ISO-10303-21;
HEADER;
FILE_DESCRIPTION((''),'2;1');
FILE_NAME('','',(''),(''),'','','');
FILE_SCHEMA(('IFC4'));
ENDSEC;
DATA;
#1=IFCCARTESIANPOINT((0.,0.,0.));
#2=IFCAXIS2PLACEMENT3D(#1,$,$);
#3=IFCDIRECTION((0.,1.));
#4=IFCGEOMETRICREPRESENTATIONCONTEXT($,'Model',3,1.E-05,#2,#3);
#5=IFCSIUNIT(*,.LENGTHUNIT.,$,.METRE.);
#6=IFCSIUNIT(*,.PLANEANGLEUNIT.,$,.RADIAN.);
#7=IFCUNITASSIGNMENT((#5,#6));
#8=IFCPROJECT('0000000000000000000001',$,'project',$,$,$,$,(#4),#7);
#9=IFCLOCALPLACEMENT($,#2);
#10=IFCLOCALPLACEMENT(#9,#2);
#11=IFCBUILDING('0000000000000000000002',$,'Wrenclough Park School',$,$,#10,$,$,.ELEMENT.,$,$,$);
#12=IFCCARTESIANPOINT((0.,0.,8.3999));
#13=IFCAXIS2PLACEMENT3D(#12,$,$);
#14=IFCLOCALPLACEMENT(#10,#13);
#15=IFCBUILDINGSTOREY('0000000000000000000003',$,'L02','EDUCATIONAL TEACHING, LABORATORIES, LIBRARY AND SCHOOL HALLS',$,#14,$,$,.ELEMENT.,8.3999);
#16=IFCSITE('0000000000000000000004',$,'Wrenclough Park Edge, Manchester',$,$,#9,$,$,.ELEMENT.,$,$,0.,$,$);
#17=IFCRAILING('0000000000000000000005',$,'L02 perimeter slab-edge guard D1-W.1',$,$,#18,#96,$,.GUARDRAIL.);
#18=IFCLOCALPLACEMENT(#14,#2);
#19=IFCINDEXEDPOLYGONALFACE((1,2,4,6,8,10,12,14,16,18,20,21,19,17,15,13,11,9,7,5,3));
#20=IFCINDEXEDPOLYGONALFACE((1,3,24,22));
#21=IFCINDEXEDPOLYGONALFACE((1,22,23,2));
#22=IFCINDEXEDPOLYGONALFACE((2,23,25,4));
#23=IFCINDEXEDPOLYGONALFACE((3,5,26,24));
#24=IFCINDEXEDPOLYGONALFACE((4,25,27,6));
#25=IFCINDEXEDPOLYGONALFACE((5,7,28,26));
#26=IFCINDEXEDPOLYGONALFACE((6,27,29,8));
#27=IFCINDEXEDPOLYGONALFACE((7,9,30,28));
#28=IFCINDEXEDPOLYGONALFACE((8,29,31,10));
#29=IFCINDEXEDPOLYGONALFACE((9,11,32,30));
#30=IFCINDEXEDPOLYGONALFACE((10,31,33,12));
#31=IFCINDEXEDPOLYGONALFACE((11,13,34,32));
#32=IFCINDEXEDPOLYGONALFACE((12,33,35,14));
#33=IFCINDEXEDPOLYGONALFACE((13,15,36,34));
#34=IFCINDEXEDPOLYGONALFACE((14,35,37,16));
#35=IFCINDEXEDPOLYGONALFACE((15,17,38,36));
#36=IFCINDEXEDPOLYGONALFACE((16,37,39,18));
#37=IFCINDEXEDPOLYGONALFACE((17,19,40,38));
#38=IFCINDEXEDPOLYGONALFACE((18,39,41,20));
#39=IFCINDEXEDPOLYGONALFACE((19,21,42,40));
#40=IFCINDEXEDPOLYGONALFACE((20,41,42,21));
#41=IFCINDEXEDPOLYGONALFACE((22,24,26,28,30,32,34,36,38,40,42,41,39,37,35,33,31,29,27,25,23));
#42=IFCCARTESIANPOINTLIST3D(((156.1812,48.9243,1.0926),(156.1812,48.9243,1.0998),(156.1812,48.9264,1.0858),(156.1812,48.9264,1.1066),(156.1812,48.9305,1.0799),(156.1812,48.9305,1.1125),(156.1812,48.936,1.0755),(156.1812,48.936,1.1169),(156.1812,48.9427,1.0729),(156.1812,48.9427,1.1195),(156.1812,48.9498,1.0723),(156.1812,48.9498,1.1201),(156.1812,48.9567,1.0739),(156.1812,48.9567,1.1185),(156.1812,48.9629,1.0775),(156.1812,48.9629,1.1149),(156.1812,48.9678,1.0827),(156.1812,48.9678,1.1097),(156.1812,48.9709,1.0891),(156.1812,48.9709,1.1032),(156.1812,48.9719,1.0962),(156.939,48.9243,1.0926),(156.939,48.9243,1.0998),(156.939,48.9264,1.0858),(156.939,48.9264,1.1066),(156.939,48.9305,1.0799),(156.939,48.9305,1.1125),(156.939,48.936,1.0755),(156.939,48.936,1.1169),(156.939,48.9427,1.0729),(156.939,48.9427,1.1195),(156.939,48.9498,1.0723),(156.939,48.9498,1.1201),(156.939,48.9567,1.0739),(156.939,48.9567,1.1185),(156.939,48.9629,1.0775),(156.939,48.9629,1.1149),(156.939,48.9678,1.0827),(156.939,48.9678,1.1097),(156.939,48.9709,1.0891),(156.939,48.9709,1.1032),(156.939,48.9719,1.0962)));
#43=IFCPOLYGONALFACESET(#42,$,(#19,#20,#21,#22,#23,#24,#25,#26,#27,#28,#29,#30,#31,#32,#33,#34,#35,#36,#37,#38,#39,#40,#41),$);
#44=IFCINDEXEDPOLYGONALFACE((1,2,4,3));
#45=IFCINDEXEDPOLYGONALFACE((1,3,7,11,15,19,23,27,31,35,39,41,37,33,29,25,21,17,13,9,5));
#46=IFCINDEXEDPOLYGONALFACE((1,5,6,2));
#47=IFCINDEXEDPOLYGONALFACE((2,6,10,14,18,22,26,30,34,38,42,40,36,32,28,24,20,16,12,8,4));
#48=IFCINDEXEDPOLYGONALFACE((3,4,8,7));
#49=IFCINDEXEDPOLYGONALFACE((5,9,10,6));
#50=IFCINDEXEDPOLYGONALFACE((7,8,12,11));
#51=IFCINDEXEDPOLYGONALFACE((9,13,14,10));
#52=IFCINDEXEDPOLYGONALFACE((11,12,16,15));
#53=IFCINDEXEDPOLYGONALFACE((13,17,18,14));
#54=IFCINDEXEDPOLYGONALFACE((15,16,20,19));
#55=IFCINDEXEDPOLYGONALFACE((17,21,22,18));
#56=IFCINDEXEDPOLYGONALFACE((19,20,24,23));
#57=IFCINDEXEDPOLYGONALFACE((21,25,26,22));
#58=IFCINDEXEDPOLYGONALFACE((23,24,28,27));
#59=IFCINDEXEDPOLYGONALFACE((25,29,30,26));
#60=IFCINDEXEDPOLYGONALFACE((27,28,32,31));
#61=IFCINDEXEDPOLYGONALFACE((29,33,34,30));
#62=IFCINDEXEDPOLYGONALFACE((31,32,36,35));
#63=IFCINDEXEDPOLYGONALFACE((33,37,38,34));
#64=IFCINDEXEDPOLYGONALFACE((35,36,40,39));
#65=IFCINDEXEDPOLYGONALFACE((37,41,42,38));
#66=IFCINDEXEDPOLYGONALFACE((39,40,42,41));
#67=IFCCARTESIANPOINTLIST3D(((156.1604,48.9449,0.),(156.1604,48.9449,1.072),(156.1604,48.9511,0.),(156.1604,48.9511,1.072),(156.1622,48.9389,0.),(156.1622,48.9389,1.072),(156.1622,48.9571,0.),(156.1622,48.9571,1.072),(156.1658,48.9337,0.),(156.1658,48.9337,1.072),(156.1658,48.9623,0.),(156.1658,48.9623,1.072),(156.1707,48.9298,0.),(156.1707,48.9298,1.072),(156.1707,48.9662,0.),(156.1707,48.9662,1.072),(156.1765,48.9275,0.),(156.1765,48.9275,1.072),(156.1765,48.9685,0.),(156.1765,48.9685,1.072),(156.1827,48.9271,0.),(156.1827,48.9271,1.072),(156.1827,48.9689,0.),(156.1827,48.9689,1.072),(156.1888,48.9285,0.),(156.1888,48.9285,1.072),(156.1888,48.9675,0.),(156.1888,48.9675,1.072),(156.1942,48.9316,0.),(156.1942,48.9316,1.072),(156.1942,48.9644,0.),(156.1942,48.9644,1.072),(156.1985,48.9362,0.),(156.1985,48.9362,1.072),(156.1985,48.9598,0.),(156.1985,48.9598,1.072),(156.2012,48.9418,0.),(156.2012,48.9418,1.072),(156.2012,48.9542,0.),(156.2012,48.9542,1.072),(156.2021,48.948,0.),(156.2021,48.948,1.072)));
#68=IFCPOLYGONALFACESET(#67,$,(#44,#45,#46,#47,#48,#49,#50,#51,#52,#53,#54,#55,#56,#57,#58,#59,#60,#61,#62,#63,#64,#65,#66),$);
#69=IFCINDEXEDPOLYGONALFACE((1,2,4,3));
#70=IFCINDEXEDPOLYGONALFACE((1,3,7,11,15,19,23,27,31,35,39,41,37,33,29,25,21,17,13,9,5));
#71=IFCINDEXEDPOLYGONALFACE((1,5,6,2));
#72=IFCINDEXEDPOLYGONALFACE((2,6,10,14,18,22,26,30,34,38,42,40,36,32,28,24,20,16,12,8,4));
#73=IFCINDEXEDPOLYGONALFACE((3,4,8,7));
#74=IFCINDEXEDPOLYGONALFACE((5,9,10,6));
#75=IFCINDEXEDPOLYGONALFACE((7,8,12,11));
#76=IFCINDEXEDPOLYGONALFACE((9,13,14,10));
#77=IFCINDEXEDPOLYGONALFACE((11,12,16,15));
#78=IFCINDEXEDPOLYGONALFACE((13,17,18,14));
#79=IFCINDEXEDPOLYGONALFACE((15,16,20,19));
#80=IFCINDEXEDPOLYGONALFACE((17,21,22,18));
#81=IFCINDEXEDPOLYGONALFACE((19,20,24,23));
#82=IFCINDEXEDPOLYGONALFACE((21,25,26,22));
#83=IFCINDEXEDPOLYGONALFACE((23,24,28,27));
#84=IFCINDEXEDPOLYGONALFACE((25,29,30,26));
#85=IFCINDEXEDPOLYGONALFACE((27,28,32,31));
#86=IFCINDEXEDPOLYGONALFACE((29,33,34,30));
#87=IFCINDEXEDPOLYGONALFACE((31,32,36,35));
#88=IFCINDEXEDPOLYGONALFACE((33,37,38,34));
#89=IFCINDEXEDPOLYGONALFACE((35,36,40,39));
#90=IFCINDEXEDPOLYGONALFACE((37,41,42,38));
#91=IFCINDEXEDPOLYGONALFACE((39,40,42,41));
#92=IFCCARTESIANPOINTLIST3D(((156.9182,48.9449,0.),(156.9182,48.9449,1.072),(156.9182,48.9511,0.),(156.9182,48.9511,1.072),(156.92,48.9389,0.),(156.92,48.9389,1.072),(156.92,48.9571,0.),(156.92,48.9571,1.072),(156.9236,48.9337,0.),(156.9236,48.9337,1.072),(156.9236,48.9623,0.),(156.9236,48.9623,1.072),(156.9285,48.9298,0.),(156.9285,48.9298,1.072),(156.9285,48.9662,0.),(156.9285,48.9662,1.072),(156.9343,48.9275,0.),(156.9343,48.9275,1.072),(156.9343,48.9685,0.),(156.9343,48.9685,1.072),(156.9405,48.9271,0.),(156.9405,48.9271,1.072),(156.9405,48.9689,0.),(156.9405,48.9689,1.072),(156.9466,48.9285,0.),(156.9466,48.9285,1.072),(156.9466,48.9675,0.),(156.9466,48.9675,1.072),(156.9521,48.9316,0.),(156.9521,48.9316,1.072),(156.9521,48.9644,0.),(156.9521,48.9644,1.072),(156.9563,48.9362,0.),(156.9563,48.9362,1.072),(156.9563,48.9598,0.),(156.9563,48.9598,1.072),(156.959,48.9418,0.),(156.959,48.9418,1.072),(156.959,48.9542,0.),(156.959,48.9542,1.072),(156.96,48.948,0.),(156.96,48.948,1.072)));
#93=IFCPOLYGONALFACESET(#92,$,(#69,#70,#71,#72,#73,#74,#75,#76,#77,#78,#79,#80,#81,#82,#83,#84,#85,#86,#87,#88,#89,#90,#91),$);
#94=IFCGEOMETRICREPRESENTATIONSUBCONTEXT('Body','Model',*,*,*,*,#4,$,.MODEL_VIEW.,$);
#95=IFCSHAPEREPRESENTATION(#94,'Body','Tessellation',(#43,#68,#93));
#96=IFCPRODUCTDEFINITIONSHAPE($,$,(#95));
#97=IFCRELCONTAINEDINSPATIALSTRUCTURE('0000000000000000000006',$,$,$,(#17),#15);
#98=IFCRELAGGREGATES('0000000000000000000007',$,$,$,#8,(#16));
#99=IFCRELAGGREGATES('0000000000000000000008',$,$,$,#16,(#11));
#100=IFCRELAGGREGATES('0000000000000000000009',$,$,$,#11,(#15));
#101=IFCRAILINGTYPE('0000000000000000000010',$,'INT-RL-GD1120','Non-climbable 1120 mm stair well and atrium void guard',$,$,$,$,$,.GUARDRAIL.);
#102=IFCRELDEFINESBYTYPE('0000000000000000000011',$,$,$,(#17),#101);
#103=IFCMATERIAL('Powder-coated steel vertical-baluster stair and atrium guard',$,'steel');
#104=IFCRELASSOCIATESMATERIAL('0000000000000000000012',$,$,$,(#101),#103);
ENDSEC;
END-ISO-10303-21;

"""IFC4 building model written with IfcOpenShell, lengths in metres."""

from ifc_helpers import new_model, si_unit, direction, frame, origin, origin_2d, place, context, subcontext, project, spatial, circle, extrude, material, type_object, element, save


model = new_model("IFC4")

# Units and contexts
model_context = context("Model", 3, precision=1e-05, world=origin(), true_north=direction((0.0, 1.0)))
body_context = subcontext(model_context, "Body", "Model", "MODEL_VIEW")
ifc_project = project(units=[si_unit("LENGTHUNIT", "METRE"), si_unit("PLANEANGLEUNIT", "RADIAN")], contexts=[model_context])

# Site, building, storey
site_placement = place(None, origin())
site = spatial("IfcSite", under=ifc_project, at=site_placement, Name="Wrenclough Park Edge, Manchester", CompositionType="ELEMENT", RefElevation=0.0)
building_placement = place(site_placement, origin())
building = spatial("IfcBuilding", under=site, at=building_placement, Name="Wrenclough Park School", CompositionType="ELEMENT")
storey_placement = place(building_placement, frame((0.0, 0.0, 8.3999)))
storey = spatial("IfcBuildingStorey", under=building, at=storey_placement, Name="L02", Description="EDUCATIONAL TEACHING, LABORATORIES, LIBRARY AND SCHOOL HALLS", CompositionType="ELEMENT", Elevation=8.3999)

# Railing
ifc_material_1 = material(Name="Powder-coated steel vertical-baluster stair and atrium guard", Category="steel")
railing_type_1 = type_object("IfcRailingType", Name="INT-RL-GD1120", Description="Non-climbable 1120 mm stair well and atrium void guard", PredefinedType="GUARDRAIL", material=ifc_material_1)
railing_1_placement = place(storey_placement, frame((156.1812, 48.948, 0.0)))
element("IfcRailing", 1, at=railing_1_placement, inside=storey, type_object=railing_type_1, Name="L02 perimeter slab-edge guard D1-W.1", PredefinedType="GUARDRAIL", context=body_context, shape_type="SweptSolid", body=[
    extrude(circle(Radius=0.0239, at=origin_2d()), frame((0.0, 0.0, 1.0962), z_axis=(1.0, 0.0, 0.0), x_axis=(0.0, 1.0, 0.0)), (0.0, 0.0, 1.0), 0.7578),
    extrude(circle(Radius=0.021, at=origin_2d()), origin(), (0.0, 0.0, 1.0), 1.072),
    extrude(circle(Radius=0.021, at=origin_2d()), frame((0.7578, 0.0, 0.0)), (0.0, 0.0, 1.0), 1.072),
])

save(model, "model.ifc")
